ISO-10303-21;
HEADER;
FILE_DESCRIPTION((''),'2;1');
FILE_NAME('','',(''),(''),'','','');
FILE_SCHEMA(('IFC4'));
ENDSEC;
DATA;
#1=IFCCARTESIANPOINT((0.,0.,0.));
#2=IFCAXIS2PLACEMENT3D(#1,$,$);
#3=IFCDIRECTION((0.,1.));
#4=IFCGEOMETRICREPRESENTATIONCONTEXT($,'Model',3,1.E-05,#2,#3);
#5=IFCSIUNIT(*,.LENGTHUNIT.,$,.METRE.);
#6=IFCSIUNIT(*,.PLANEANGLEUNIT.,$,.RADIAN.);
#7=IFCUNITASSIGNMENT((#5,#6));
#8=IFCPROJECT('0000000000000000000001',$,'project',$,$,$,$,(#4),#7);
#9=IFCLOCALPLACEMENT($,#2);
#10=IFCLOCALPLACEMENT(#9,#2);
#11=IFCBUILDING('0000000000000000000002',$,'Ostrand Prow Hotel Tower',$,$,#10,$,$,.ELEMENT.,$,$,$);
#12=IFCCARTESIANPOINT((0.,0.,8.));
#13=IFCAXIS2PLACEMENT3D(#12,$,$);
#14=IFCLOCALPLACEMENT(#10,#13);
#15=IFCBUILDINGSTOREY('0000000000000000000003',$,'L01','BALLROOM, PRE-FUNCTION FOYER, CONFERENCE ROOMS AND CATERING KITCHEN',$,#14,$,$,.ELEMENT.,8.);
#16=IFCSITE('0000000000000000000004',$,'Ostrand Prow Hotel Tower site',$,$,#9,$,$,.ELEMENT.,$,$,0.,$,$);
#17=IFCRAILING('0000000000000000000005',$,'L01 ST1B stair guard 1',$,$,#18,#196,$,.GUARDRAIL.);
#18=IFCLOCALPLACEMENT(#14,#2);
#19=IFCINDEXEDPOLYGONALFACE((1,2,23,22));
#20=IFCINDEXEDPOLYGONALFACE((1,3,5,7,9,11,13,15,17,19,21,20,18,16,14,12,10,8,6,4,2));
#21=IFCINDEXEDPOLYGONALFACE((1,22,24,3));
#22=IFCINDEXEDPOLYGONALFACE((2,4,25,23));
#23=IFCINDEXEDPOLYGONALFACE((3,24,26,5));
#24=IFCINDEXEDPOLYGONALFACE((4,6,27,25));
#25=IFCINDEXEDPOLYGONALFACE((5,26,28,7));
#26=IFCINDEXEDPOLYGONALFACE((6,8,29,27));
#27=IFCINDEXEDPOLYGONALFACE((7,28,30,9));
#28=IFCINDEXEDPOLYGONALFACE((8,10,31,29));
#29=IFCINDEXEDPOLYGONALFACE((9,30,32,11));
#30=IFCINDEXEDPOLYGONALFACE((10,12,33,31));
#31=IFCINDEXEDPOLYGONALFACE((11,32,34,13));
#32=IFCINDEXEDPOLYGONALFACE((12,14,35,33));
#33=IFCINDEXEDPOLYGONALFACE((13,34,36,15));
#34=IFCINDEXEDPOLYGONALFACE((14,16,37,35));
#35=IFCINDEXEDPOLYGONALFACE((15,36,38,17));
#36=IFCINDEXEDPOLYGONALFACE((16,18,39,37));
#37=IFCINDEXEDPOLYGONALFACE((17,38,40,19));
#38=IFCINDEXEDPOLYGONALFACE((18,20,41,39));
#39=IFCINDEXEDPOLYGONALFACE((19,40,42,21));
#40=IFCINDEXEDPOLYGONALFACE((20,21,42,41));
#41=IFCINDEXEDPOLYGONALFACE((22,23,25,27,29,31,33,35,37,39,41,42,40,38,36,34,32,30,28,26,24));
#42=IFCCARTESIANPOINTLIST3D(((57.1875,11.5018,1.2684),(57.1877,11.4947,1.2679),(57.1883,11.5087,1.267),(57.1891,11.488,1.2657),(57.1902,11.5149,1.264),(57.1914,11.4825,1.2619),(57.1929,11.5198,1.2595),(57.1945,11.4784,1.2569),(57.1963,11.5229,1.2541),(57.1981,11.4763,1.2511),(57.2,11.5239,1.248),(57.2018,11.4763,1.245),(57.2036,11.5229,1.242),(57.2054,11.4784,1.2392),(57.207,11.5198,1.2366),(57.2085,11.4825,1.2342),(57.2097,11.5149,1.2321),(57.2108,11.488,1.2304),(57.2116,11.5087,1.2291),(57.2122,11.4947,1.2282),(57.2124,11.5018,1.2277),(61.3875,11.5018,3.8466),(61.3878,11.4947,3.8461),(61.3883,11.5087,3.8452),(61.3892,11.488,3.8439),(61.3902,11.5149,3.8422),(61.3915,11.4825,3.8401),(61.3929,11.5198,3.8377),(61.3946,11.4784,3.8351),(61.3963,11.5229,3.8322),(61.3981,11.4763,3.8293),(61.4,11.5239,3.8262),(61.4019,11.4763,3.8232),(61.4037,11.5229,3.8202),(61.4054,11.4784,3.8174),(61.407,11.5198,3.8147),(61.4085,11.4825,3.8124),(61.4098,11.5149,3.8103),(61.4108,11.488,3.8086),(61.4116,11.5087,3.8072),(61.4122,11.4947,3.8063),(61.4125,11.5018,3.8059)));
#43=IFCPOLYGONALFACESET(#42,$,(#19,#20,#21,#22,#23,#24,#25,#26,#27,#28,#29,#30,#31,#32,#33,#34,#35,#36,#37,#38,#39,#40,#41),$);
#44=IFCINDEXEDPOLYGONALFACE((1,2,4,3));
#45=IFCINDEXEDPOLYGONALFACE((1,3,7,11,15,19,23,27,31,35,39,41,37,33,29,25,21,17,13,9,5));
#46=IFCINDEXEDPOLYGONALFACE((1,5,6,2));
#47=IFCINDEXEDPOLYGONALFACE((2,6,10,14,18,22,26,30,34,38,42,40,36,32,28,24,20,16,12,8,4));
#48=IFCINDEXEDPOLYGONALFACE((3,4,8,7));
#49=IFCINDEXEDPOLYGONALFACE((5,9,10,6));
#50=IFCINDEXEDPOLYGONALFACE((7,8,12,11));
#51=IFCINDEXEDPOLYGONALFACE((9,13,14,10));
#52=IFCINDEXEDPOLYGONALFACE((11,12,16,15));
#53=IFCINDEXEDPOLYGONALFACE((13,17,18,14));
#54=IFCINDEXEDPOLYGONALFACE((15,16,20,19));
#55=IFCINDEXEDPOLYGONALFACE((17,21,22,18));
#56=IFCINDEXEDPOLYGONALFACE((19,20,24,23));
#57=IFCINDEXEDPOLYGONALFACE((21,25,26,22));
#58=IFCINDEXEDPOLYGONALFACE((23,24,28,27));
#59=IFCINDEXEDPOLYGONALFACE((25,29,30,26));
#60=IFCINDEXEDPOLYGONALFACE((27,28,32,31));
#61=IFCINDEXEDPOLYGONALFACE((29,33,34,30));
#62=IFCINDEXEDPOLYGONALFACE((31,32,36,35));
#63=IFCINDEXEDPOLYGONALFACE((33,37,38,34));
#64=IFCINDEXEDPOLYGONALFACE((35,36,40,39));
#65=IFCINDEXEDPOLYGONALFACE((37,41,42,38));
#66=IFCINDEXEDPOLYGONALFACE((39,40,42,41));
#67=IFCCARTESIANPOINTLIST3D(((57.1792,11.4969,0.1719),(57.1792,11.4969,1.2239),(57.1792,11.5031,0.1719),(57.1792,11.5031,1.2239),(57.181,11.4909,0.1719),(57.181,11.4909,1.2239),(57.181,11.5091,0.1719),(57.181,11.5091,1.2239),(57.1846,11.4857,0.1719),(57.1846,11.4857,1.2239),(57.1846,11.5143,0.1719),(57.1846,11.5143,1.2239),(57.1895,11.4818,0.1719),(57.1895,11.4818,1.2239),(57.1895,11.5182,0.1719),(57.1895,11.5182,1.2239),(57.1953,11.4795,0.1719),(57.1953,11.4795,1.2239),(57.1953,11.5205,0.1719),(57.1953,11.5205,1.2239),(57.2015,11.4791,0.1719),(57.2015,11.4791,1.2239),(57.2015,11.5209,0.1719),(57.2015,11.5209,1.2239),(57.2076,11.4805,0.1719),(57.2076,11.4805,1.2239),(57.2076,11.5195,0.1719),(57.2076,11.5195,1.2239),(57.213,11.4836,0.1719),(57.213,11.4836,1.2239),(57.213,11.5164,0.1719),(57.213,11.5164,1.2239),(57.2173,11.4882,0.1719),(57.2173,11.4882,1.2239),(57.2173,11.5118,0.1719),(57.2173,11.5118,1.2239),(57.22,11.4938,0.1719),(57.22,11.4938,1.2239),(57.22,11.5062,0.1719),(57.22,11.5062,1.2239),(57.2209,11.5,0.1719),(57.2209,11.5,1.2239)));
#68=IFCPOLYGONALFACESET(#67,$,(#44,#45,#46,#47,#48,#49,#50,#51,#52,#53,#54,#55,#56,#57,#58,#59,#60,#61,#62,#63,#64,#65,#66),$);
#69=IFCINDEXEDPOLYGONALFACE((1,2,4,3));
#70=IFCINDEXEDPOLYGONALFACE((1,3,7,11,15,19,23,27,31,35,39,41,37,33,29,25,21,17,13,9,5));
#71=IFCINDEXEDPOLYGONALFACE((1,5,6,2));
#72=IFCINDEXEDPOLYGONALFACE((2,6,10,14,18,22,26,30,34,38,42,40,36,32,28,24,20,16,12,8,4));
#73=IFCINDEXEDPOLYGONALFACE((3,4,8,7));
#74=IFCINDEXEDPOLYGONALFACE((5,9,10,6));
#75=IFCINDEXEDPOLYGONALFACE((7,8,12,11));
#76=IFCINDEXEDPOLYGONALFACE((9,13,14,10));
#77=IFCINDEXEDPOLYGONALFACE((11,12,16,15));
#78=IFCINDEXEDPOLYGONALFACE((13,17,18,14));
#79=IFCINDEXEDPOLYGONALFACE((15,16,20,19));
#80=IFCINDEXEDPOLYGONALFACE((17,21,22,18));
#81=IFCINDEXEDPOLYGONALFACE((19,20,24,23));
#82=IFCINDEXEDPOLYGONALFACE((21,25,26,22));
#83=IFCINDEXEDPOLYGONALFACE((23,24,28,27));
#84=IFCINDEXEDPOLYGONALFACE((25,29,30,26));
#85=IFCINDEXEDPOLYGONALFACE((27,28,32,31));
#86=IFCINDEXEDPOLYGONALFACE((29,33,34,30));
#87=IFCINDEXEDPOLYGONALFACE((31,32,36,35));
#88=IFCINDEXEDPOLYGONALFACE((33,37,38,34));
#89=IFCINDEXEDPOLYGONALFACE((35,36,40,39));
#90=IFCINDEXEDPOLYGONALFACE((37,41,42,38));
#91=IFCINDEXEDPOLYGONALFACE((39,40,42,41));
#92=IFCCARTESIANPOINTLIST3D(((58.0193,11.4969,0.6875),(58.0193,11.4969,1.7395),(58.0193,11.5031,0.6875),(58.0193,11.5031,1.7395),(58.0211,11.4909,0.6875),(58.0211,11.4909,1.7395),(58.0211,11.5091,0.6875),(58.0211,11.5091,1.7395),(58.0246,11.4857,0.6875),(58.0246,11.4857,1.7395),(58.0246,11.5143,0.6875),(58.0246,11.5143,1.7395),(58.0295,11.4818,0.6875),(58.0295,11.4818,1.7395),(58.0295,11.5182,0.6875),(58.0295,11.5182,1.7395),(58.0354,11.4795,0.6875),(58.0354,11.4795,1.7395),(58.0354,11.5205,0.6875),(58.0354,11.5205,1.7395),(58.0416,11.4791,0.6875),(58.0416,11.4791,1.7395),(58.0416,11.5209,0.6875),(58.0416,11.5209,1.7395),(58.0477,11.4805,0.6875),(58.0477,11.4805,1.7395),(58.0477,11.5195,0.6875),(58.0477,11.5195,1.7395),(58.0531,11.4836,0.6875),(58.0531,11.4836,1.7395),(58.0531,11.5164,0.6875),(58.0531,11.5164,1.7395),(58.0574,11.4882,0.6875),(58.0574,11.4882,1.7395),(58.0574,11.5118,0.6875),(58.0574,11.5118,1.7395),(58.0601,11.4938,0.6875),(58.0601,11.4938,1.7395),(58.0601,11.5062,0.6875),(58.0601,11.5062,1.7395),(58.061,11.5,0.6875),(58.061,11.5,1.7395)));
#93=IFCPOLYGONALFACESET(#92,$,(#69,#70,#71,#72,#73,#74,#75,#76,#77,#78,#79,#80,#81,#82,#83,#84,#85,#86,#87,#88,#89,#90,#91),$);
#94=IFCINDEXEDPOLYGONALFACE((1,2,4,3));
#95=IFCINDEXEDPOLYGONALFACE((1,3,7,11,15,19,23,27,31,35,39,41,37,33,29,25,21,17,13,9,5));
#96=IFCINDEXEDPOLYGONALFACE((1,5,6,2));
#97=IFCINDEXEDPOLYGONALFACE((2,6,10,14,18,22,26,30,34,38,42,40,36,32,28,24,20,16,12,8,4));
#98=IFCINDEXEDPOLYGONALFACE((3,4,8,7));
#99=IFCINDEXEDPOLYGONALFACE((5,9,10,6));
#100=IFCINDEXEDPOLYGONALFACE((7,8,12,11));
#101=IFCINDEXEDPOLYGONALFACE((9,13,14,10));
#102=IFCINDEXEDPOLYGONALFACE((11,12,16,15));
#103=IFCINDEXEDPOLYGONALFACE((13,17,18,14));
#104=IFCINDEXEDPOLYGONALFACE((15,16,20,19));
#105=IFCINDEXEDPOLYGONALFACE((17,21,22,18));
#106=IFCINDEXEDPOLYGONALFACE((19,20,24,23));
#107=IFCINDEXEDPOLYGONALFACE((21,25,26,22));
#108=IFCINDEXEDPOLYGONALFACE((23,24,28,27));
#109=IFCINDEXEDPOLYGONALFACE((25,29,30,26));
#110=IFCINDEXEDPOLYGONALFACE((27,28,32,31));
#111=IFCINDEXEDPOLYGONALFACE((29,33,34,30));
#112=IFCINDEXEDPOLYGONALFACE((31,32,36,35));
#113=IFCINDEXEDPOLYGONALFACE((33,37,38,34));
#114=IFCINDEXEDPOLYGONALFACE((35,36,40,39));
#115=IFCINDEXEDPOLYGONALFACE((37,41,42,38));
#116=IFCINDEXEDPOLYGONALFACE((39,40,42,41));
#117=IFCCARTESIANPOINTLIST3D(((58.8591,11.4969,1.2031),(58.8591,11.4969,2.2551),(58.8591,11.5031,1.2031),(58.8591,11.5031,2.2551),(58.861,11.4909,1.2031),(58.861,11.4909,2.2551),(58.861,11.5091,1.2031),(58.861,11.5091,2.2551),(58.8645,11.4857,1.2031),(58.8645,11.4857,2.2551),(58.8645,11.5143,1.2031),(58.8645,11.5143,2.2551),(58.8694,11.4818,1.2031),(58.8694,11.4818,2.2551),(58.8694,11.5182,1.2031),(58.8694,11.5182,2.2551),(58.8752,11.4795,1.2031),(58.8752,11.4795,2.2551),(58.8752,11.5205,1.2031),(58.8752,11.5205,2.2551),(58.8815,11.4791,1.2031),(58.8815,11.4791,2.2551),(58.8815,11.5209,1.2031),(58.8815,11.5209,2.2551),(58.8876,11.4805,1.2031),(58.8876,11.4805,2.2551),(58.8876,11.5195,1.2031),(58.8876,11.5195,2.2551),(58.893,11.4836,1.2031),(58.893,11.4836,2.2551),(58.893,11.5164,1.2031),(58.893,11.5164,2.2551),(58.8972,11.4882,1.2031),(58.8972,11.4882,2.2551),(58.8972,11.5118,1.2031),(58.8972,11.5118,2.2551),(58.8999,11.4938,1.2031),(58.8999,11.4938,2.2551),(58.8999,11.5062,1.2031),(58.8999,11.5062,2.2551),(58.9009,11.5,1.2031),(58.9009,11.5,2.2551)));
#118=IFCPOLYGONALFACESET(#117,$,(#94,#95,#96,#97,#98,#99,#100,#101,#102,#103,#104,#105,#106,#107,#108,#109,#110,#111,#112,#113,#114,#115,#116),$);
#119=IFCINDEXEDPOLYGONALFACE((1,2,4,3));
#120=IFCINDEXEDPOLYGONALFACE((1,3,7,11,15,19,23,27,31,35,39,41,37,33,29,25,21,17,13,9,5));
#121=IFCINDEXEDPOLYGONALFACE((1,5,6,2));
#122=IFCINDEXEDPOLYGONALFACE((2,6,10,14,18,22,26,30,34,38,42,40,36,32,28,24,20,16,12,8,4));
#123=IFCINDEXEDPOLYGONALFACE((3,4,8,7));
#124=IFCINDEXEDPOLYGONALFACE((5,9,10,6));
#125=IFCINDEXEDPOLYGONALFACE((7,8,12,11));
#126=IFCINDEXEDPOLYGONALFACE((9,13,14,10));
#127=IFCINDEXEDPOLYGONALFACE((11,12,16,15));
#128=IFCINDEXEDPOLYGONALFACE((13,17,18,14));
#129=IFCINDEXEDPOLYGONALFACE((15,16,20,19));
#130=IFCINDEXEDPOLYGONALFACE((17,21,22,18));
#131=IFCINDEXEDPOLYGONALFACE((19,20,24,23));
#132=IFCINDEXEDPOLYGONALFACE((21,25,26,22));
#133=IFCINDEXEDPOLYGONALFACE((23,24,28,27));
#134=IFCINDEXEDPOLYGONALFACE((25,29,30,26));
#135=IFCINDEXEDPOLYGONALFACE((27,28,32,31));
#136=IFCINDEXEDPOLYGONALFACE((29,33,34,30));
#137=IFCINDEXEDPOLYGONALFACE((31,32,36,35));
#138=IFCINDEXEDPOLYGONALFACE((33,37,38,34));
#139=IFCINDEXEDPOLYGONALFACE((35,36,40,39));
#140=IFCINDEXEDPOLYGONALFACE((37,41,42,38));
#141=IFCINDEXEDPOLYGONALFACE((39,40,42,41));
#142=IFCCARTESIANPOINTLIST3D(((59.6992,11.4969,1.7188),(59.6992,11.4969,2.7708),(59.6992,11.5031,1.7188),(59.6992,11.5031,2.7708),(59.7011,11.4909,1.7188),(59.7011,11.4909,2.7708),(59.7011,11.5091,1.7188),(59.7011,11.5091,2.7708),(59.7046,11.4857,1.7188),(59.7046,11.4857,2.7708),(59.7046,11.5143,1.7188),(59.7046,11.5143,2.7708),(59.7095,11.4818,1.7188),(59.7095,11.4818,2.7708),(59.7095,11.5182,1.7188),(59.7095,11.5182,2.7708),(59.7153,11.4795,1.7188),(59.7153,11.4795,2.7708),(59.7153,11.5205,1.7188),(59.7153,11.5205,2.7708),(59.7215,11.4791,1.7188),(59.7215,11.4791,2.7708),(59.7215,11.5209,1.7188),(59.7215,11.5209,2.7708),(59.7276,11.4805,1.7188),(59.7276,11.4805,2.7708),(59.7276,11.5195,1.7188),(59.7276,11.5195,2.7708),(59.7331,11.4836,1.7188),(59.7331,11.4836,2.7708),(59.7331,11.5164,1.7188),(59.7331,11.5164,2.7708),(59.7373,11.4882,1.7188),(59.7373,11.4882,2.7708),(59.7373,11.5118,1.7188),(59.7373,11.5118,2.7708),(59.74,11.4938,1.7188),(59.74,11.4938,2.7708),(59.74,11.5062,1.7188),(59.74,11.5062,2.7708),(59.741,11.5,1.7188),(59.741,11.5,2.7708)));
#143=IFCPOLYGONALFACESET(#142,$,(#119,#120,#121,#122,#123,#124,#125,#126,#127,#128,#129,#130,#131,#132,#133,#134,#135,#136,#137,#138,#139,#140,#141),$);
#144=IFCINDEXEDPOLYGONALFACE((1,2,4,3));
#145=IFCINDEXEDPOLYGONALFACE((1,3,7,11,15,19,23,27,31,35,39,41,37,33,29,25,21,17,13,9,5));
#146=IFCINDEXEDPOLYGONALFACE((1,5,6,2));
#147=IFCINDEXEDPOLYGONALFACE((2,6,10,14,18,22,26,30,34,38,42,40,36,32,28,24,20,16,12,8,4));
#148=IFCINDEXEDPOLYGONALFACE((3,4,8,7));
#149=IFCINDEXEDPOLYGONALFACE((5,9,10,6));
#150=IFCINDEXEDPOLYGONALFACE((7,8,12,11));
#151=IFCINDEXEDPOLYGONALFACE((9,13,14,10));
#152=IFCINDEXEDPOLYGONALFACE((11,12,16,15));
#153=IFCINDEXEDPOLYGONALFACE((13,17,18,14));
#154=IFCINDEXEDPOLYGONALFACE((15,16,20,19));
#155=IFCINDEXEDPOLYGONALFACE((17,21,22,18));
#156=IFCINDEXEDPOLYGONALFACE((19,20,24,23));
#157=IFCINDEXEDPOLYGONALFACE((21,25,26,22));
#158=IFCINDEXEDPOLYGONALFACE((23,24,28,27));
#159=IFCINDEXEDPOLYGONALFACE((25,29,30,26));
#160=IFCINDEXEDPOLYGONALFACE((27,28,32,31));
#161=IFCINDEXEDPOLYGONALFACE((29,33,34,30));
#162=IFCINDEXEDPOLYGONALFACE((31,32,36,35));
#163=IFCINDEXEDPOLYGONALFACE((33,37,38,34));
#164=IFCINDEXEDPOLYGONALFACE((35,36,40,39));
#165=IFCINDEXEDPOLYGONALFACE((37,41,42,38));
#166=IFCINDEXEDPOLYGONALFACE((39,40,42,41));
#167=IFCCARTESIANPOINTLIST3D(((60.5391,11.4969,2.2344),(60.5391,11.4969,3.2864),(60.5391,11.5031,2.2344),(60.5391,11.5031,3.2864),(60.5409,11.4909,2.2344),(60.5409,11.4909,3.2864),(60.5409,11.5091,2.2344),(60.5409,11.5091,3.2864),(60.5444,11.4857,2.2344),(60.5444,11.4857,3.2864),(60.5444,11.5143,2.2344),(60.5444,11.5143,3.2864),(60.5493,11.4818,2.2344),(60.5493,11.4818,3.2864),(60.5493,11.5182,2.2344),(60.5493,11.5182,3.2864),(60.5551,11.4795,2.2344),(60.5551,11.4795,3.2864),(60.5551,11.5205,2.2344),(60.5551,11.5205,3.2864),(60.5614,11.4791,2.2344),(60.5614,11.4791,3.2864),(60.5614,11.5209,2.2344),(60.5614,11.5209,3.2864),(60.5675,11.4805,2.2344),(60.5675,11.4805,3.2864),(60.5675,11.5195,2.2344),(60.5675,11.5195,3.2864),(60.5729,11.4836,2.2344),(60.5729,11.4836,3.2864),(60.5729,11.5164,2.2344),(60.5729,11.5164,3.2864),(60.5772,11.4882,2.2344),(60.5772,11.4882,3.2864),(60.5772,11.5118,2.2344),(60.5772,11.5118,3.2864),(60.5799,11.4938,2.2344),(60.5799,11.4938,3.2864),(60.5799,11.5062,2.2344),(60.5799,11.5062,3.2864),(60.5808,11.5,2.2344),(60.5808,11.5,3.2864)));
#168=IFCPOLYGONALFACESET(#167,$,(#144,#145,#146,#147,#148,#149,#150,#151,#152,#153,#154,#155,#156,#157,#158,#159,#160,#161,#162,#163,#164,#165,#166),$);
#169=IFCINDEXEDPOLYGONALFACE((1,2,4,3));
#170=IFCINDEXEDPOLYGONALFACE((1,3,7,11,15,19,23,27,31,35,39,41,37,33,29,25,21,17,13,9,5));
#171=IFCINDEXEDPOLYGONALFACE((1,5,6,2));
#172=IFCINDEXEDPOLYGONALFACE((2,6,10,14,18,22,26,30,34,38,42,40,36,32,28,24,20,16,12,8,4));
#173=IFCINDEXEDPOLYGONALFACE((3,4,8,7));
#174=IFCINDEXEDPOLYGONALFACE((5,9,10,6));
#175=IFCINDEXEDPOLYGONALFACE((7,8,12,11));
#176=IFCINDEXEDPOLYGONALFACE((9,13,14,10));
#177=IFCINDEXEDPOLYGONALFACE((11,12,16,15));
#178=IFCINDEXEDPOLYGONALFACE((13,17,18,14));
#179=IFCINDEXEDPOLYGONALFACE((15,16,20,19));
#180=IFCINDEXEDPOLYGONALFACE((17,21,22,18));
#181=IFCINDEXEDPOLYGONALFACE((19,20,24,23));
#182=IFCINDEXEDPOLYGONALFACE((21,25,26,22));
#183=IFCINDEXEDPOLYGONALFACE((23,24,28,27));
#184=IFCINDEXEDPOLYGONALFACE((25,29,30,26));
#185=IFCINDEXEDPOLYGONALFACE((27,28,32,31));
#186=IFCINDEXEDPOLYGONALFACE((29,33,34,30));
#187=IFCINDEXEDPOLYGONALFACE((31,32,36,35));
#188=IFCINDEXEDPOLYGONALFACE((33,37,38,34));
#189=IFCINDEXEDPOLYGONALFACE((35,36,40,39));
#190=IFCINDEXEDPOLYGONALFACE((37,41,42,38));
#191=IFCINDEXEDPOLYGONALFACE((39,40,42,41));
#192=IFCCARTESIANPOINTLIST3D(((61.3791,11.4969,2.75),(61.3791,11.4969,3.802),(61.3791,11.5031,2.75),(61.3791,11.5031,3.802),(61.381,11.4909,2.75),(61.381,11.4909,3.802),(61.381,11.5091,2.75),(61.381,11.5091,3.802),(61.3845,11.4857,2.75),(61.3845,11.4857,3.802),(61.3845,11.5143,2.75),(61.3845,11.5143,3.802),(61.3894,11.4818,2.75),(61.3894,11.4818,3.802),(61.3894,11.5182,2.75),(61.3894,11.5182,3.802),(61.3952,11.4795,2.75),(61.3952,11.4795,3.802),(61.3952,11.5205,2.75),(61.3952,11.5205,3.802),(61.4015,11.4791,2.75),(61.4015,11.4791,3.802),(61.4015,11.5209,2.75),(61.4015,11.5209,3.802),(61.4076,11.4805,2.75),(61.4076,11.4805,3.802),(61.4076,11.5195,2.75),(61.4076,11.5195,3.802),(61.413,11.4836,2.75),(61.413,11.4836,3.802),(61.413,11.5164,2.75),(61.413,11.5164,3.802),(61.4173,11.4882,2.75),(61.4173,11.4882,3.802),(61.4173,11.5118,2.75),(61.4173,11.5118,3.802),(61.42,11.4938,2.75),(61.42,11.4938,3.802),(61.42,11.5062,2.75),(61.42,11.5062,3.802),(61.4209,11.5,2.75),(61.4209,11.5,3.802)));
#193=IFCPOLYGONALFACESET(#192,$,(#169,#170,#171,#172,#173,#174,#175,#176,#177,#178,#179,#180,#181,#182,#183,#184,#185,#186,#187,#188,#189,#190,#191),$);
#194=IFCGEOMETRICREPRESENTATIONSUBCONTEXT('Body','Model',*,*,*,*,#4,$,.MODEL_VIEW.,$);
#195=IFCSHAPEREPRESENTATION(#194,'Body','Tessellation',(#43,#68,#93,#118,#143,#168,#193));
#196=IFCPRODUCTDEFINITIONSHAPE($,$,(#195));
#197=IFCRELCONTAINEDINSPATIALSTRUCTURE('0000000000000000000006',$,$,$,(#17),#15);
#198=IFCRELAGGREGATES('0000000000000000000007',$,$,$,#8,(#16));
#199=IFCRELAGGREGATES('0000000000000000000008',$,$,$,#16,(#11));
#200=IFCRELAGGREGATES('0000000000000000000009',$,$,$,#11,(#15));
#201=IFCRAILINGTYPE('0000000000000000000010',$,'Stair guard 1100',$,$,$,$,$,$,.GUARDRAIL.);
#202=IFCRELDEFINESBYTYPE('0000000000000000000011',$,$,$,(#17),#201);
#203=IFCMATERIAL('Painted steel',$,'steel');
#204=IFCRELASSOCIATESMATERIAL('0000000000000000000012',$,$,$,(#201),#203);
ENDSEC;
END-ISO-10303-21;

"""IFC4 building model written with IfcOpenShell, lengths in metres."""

from ifc_helpers import new_model, si_unit, direction, frame, origin, origin_2d, place, context, subcontext, project, spatial, circle, extrude, material, type_object, element, save


model = new_model("IFC4")

# Units and contexts
model_context = context("Model", 3, precision=1e-05, world=origin(), true_north=direction((0.0, 1.0)))
body_context = subcontext(model_context, "Body", "Model", "MODEL_VIEW")
ifc_project = project(units=[si_unit("LENGTHUNIT", "METRE"), si_unit("PLANEANGLEUNIT", "RADIAN")], contexts=[model_context])

# Site, building, storey
site_placement = place(None, origin())
site = spatial("IfcSite", under=ifc_project, at=site_placement, Name="Ostrand Prow Hotel Tower site", CompositionType="ELEMENT", RefElevation=0.0)
building_placement = place(site_placement, origin())
building = spatial("IfcBuilding", under=site, at=building_placement, Name="Ostrand Prow Hotel Tower", CompositionType="ELEMENT")
storey_placement = place(building_placement, frame((0.0, 0.0, 8.0)))
storey = spatial("IfcBuildingStorey", under=building, at=storey_placement, Name="L01", Description="BALLROOM, PRE-FUNCTION FOYER, CONFERENCE ROOMS AND CATERING KITCHEN", CompositionType="ELEMENT", Elevation=8.0)

# Railing
ifc_material_1 = material(Name="Painted steel", Category="steel")
railing_type_1 = type_object("IfcRailingType", Name="Stair guard 1100", PredefinedType="GUARDRAIL", material=ifc_material_1)
railing_1_placement = place(storey_placement, frame((57.2, 11.5, 0.1719)))
element("IfcRailing", 1, at=railing_1_placement, inside=storey, type_object=railing_type_1, Name="L01 ST1B stair guard 1", PredefinedType="GUARDRAIL", context=body_context, shape_type="SweptSolid", body=[
    extrude(circle(Radius=0.0239, at=origin_2d()), frame((0.0, 0.0, 1.0762), z_axis=(0.852243, 0.0, 0.523146), x_axis=(0.0, 1.0, 0.0)), (0.0, 0.0, 1.0), 4.9282),
    extrude(circle(Radius=0.021, at=origin_2d()), origin(), (0.0, 0.0, 1.0), 1.052),
    extrude(circle(Radius=0.021, at=origin_2d()), frame((0.8401, 0.0, 0.5156)), (0.0, 0.0, 1.0), 1.052),
    extrude(circle(Radius=0.021, at=origin_2d()), frame((1.6799, 0.0, 1.0312)), (0.0, 0.0, 1.0), 1.052),
    extrude(circle(Radius=0.021, at=origin_2d()), frame((2.52, 0.0, 1.5469)), (0.0, 0.0, 1.0), 1.052),
    extrude(circle(Radius=0.021, at=origin_2d()), frame((3.3599, 0.0, 2.0625)), (0.0, 0.0, 1.0), 1.052),
    extrude(circle(Radius=0.021, at=origin_2d()), frame((4.2, 0.0, 2.5781)), (0.0, 0.0, 1.0), 1.052),
])

save(model, "model.ifc")
